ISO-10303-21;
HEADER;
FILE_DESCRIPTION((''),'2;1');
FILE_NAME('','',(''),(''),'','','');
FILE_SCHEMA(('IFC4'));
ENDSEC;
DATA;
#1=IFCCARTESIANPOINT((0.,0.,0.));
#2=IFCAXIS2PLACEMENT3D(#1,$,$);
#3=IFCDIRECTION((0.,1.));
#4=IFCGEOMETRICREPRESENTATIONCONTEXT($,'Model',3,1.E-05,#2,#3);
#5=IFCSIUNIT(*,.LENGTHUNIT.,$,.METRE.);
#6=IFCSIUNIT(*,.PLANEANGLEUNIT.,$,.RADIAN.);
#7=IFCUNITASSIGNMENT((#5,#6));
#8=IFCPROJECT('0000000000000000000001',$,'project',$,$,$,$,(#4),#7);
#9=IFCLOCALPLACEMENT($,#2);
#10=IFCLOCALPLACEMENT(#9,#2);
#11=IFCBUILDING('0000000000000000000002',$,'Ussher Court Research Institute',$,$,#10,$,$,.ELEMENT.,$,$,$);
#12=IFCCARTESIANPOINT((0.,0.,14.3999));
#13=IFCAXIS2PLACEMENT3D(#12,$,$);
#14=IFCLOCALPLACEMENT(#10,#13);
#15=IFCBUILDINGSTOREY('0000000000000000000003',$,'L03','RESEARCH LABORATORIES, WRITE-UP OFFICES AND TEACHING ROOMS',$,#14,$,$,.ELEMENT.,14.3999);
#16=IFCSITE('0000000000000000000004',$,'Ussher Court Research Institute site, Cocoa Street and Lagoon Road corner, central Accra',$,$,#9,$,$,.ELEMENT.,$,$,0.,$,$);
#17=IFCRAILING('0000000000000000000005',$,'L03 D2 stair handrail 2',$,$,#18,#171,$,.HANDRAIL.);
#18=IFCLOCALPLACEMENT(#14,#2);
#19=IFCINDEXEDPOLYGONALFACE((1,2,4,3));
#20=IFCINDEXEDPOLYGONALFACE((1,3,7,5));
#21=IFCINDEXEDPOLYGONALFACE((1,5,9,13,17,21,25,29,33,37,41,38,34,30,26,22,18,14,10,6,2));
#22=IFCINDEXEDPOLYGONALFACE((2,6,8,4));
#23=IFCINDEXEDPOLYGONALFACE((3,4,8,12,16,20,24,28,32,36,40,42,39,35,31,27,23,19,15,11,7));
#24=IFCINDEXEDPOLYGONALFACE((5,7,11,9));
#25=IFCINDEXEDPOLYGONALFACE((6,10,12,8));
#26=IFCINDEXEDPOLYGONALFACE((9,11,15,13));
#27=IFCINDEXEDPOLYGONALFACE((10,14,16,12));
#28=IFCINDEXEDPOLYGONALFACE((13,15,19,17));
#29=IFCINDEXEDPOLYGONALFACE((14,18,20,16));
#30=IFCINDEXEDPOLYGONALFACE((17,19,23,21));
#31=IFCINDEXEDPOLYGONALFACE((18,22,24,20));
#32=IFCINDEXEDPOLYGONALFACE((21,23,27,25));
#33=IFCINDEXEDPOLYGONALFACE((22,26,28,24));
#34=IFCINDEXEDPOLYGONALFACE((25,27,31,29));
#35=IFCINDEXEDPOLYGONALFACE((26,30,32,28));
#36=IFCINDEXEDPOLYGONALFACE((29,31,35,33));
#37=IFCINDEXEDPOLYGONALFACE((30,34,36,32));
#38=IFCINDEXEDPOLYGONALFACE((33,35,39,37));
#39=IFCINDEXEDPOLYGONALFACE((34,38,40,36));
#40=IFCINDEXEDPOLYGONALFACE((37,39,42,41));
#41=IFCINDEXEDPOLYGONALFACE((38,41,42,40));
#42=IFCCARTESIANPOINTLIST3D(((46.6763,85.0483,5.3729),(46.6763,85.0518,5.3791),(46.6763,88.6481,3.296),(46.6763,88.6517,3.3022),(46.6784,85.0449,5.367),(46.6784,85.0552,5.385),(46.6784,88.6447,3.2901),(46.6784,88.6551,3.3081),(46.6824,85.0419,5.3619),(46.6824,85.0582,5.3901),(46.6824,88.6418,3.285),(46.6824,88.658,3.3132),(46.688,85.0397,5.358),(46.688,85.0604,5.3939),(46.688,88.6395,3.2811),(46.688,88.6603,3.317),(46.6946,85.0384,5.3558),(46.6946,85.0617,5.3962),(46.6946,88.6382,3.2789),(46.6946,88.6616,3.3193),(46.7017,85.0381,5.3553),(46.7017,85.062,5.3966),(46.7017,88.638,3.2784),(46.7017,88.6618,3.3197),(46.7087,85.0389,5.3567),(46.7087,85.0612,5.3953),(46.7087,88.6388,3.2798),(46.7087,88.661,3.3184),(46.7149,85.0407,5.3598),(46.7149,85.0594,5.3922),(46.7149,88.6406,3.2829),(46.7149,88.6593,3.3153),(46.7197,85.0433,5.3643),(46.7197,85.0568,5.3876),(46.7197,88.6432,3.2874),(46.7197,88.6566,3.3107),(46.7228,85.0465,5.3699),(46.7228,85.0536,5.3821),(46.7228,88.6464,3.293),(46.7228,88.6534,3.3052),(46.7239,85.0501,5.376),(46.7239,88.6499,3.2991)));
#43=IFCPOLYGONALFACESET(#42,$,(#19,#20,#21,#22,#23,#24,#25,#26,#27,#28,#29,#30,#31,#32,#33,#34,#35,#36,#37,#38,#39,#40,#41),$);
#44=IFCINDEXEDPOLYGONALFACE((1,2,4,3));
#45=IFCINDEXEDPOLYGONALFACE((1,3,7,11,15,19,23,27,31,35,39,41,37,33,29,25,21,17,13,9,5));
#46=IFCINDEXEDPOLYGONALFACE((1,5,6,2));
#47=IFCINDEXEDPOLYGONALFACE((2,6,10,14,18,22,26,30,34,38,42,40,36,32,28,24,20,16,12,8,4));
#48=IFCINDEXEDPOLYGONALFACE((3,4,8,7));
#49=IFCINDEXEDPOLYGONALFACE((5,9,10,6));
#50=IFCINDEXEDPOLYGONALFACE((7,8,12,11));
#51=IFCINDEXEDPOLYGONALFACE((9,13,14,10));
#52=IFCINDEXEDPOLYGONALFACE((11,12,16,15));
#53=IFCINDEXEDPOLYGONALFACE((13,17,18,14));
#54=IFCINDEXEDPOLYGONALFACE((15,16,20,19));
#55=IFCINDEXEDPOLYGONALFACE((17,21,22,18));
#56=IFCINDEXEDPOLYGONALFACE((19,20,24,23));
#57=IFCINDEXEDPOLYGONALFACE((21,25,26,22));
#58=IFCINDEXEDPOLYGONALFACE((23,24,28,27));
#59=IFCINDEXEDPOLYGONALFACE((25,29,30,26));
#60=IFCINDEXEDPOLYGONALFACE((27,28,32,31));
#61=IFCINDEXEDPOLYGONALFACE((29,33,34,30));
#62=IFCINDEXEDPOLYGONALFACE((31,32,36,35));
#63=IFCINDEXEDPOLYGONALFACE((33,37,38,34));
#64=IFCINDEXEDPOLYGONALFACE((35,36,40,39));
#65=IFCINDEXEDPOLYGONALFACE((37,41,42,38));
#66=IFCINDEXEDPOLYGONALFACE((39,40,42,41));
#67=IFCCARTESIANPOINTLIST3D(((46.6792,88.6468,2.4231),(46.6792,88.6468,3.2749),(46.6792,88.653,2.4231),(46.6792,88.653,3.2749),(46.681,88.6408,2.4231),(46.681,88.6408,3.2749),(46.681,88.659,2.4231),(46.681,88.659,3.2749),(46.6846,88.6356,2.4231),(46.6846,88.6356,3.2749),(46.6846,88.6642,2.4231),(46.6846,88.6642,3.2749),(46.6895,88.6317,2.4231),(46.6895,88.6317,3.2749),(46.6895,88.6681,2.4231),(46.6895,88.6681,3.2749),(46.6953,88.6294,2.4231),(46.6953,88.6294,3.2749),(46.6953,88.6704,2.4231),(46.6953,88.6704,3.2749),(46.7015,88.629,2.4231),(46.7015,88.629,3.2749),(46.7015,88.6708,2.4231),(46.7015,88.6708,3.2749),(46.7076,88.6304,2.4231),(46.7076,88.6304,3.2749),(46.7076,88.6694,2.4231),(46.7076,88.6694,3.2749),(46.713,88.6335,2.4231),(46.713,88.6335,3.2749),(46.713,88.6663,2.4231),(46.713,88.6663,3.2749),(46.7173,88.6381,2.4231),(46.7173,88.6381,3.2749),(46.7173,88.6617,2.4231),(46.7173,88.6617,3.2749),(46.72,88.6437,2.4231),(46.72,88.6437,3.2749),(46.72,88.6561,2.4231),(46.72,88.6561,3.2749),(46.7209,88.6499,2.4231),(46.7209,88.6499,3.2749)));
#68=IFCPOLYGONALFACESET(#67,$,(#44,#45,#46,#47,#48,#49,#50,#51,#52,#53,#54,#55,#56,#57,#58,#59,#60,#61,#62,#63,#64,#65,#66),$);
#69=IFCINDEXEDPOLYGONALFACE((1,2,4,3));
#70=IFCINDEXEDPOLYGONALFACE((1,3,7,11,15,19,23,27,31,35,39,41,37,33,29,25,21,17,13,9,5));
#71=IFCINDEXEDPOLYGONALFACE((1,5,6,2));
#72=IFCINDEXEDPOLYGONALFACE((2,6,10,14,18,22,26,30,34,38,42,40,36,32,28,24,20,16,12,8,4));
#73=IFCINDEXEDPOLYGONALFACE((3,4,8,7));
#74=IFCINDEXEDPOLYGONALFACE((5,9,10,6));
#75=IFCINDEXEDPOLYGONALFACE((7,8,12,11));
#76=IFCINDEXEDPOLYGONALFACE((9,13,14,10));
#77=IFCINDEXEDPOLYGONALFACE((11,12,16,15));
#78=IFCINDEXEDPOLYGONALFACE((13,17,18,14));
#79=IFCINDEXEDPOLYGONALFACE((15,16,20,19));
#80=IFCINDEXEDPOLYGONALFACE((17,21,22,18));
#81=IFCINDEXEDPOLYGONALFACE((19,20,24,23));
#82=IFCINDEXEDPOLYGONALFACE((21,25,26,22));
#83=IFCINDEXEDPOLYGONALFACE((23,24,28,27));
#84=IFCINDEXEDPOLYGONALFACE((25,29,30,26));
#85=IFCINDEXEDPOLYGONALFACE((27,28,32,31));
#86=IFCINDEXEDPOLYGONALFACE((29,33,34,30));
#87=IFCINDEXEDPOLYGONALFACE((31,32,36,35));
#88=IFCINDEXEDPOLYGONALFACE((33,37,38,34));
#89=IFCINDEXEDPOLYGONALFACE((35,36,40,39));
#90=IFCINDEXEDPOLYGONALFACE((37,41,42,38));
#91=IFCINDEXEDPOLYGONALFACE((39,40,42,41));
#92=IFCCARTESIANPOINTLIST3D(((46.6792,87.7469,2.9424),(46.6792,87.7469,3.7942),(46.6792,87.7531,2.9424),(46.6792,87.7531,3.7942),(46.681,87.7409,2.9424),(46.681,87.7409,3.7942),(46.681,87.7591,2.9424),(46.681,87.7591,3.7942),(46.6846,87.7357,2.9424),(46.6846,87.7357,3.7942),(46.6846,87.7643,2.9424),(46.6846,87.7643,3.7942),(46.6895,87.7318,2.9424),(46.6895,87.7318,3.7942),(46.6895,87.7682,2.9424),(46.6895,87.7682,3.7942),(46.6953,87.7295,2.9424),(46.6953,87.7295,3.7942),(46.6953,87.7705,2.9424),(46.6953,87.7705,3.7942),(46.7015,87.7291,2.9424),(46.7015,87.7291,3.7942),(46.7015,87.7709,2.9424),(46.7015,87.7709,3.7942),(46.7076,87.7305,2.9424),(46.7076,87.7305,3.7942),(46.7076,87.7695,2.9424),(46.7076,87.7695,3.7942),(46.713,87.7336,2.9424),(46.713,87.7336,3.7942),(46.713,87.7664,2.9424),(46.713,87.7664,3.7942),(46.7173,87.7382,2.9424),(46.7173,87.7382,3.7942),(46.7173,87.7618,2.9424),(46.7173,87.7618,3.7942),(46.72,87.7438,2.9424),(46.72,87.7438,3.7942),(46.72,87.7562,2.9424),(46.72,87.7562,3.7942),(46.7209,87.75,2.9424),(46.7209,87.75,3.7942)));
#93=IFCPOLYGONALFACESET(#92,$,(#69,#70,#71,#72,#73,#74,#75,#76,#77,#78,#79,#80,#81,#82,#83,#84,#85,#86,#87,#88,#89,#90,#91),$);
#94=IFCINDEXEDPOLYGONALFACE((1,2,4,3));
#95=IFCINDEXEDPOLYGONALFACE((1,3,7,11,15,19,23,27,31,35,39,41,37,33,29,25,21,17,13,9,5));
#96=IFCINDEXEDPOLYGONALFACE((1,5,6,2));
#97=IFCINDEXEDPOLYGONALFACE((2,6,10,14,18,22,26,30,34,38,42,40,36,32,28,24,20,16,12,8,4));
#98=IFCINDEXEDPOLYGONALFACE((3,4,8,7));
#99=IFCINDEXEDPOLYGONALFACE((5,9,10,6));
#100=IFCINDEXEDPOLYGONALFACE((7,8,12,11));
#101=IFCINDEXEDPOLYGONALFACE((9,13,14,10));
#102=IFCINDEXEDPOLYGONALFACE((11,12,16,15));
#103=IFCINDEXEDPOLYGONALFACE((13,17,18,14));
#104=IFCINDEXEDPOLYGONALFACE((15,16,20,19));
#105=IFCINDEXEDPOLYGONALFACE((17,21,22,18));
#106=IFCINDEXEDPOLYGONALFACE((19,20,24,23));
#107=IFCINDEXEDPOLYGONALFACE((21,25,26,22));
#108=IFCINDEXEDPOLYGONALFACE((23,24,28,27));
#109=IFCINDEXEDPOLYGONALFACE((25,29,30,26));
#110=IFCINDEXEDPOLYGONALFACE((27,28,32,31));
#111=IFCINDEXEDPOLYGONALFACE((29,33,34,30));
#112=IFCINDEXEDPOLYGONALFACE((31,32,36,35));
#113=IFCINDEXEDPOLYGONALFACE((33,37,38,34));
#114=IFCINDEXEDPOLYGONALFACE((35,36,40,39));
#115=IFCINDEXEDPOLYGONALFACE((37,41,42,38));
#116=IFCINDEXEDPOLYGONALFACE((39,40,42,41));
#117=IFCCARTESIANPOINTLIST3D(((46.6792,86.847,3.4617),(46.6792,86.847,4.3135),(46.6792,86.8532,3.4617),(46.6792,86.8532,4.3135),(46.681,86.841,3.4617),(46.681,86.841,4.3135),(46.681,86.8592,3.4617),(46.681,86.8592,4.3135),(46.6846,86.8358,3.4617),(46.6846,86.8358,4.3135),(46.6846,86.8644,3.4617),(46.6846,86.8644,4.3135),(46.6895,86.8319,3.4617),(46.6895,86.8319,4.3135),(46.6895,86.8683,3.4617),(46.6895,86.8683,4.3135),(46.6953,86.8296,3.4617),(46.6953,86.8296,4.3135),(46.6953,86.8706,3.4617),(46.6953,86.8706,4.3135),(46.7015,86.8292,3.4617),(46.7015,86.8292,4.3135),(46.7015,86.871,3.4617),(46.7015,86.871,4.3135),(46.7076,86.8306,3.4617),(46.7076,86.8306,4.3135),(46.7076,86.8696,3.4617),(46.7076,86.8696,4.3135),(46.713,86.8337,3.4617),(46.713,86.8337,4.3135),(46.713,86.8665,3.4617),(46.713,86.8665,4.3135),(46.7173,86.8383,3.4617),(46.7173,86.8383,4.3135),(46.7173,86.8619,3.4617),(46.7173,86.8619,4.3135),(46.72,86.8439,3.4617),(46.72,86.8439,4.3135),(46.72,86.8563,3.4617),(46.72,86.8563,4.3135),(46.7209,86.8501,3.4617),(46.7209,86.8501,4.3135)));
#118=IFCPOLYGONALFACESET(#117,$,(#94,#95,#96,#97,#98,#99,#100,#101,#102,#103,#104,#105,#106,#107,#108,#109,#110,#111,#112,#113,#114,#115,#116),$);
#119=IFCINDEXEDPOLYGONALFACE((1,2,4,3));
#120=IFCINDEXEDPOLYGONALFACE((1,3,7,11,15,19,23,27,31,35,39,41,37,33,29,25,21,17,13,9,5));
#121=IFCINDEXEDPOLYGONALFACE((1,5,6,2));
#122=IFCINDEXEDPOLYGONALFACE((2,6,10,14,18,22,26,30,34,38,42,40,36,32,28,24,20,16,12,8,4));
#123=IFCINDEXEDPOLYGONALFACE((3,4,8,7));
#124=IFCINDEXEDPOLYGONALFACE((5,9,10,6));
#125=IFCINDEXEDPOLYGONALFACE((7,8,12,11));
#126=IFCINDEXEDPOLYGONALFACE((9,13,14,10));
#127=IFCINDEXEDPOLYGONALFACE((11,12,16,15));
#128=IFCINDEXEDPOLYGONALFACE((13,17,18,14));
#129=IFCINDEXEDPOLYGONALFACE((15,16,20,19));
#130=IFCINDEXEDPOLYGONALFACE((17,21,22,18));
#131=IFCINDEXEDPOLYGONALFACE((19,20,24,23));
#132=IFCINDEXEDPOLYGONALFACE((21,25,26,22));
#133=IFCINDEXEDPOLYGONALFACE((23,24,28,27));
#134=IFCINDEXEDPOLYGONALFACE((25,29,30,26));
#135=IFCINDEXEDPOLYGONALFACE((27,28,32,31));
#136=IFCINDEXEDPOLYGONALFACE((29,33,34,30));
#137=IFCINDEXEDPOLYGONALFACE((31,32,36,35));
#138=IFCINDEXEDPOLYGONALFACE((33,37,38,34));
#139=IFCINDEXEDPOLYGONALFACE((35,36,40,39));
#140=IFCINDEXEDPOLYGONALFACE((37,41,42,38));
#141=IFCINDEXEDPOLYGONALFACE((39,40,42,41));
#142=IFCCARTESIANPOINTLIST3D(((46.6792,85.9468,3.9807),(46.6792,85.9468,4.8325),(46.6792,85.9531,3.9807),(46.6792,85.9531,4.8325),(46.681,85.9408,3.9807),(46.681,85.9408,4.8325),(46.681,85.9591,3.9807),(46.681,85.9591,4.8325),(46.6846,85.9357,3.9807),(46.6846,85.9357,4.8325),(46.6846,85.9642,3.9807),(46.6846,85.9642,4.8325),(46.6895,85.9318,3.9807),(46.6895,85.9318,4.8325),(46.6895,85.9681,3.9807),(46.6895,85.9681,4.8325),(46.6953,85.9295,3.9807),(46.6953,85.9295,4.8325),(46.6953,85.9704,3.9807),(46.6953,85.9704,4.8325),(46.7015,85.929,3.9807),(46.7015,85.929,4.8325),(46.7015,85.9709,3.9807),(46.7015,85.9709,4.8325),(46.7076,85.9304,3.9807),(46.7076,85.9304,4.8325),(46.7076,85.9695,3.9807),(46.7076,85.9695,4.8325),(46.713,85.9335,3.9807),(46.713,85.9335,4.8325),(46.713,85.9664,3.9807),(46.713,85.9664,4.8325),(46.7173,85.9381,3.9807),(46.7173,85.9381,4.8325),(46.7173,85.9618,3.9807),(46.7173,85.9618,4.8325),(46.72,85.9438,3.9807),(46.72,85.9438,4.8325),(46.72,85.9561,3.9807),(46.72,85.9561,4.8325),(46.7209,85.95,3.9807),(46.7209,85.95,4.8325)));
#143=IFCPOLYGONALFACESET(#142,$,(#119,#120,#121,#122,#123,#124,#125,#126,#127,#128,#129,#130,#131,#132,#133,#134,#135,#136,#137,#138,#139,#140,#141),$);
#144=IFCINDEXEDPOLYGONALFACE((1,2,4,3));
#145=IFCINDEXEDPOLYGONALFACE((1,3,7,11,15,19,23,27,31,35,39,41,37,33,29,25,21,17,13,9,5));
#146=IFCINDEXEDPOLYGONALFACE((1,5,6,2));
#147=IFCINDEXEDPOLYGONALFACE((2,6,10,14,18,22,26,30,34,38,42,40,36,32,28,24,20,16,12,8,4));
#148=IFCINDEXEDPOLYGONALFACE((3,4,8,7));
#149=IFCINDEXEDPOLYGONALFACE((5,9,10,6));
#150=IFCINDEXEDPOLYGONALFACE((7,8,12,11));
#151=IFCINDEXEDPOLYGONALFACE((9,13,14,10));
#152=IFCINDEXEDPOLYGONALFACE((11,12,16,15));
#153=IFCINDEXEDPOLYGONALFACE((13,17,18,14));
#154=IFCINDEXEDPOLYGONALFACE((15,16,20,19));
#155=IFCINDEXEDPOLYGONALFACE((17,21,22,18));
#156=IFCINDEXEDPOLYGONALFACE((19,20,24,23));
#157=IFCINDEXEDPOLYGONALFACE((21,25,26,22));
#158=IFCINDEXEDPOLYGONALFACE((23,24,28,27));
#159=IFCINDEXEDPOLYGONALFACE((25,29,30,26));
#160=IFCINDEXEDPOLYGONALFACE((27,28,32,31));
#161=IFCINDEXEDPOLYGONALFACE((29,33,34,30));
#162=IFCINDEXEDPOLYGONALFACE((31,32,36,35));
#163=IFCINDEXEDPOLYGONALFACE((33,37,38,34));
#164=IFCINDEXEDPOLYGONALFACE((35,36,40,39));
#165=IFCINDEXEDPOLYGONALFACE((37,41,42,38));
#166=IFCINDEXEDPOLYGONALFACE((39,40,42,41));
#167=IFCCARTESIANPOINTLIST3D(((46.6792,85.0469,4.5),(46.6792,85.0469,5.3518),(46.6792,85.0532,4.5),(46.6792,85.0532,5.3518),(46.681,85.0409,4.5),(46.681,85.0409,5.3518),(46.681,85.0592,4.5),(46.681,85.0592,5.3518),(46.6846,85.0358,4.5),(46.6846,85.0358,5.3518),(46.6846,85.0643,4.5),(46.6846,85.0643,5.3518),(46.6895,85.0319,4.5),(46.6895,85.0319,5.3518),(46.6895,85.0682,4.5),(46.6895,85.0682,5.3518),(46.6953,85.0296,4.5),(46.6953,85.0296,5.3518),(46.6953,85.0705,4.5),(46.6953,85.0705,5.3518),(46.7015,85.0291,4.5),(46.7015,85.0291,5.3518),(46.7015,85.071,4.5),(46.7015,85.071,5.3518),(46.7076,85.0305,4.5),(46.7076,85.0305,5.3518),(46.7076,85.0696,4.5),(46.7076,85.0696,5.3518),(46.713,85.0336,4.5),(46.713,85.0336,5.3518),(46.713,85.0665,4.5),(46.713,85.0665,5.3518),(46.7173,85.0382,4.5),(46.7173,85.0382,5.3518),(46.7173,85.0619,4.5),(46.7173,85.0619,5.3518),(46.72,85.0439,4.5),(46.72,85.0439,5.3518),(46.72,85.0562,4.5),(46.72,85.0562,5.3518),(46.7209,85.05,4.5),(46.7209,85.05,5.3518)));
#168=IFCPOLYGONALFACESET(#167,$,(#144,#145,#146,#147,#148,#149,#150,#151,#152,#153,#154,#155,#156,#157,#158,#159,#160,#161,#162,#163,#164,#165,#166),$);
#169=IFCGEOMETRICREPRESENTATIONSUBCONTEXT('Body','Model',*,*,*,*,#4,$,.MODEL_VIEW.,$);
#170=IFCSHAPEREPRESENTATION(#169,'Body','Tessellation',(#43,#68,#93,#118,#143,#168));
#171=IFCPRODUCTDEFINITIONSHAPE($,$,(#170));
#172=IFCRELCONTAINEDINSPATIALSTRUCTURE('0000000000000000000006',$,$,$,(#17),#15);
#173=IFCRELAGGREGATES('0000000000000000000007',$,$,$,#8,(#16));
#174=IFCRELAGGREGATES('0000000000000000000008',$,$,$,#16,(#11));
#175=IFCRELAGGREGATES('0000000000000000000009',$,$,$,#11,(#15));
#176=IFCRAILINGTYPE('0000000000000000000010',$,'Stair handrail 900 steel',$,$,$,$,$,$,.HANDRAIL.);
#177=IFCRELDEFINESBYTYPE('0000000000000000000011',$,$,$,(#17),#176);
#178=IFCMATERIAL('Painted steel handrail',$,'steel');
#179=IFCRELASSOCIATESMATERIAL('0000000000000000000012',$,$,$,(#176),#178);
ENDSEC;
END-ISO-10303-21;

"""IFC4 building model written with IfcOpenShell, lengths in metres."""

from ifc_helpers import new_model, si_unit, direction, frame, origin, origin_2d, place, context, subcontext, project, spatial, circle, extrude, material, type_object, element, save


model = new_model("IFC4")

# Units and contexts
model_context = context("Model", 3, precision=1e-05, world=origin(), true_north=direction((0.0, 1.0)))
body_context = subcontext(model_context, "Body", "Model", "MODEL_VIEW")
ifc_project = project(units=[si_unit("LENGTHUNIT", "METRE"), si_unit("PLANEANGLEUNIT", "RADIAN")], contexts=[model_context])

# Site, building, storey
site_placement = place(None, origin())
site = spatial("IfcSite", under=ifc_project, at=site_placement, Name="Ussher Court Research Institute site, Cocoa Street and Lagoon Road corner, central Accra", CompositionType="ELEMENT", RefElevation=0.0)
building_placement = place(site_placement, origin())
building = spatial("IfcBuilding", under=site, at=building_placement, Name="Ussher Court Research Institute", CompositionType="ELEMENT")
storey_placement = place(building_placement, frame((0.0, 0.0, 14.3999)))
storey = spatial("IfcBuildingStorey", under=building, at=storey_placement, Name="L03", Description="RESEARCH LABORATORIES, WRITE-UP OFFICES AND TEACHING ROOMS", CompositionType="ELEMENT", Elevation=14.3999)

# Railing
ifc_material_1 = material(Name="Painted steel handrail", Category="steel")
railing_type_1 = type_object("IfcRailingType", Name="Stair handrail 900 steel", PredefinedType="HANDRAIL", material=ifc_material_1)
railing_1_placement = place(storey_placement, frame((46.7, 88.6499, 2.4231)))
element("IfcRailing", 1, at=railing_1_placement, inside=storey, type_object=railing_type_1, Name="L03 D2 stair handrail 2", PredefinedType="HANDRAIL", context=body_context, shape_type="SweptSolid", body=[
    extrude(circle(Radius=0.0239, at=origin_2d()), frame((0.0, 0.0, 0.876), z_axis=(0.0, -0.866179, 0.499734), x_axis=(1.0, 0.0, 0.0)), (0.0, 0.0, 1.0), 4.156),
    extrude(circle(Radius=0.021, at=origin_2d()), origin(), (0.0, 0.0, 1.0), 0.8518),
    extrude(circle(Radius=0.021, at=origin_2d()), frame((0.0, -0.8999, 0.5193)), (0.0, 0.0, 1.0), 0.8518),
    extrude(circle(Radius=0.021, at=origin_2d()), frame((0.0, -1.7998, 1.0386)), (0.0, 0.0, 1.0), 0.8518),
    extrude(circle(Radius=0.021, at=origin_2d()), frame((0.0, -2.7, 1.5576)), (0.0, 0.0, 1.0), 0.8518),
    extrude(circle(Radius=0.021, at=origin_2d()), frame((0.0, -3.5999, 2.0769)), (0.0, 0.0, 1.0), 0.8518),
])

save(model, "model.ifc")
